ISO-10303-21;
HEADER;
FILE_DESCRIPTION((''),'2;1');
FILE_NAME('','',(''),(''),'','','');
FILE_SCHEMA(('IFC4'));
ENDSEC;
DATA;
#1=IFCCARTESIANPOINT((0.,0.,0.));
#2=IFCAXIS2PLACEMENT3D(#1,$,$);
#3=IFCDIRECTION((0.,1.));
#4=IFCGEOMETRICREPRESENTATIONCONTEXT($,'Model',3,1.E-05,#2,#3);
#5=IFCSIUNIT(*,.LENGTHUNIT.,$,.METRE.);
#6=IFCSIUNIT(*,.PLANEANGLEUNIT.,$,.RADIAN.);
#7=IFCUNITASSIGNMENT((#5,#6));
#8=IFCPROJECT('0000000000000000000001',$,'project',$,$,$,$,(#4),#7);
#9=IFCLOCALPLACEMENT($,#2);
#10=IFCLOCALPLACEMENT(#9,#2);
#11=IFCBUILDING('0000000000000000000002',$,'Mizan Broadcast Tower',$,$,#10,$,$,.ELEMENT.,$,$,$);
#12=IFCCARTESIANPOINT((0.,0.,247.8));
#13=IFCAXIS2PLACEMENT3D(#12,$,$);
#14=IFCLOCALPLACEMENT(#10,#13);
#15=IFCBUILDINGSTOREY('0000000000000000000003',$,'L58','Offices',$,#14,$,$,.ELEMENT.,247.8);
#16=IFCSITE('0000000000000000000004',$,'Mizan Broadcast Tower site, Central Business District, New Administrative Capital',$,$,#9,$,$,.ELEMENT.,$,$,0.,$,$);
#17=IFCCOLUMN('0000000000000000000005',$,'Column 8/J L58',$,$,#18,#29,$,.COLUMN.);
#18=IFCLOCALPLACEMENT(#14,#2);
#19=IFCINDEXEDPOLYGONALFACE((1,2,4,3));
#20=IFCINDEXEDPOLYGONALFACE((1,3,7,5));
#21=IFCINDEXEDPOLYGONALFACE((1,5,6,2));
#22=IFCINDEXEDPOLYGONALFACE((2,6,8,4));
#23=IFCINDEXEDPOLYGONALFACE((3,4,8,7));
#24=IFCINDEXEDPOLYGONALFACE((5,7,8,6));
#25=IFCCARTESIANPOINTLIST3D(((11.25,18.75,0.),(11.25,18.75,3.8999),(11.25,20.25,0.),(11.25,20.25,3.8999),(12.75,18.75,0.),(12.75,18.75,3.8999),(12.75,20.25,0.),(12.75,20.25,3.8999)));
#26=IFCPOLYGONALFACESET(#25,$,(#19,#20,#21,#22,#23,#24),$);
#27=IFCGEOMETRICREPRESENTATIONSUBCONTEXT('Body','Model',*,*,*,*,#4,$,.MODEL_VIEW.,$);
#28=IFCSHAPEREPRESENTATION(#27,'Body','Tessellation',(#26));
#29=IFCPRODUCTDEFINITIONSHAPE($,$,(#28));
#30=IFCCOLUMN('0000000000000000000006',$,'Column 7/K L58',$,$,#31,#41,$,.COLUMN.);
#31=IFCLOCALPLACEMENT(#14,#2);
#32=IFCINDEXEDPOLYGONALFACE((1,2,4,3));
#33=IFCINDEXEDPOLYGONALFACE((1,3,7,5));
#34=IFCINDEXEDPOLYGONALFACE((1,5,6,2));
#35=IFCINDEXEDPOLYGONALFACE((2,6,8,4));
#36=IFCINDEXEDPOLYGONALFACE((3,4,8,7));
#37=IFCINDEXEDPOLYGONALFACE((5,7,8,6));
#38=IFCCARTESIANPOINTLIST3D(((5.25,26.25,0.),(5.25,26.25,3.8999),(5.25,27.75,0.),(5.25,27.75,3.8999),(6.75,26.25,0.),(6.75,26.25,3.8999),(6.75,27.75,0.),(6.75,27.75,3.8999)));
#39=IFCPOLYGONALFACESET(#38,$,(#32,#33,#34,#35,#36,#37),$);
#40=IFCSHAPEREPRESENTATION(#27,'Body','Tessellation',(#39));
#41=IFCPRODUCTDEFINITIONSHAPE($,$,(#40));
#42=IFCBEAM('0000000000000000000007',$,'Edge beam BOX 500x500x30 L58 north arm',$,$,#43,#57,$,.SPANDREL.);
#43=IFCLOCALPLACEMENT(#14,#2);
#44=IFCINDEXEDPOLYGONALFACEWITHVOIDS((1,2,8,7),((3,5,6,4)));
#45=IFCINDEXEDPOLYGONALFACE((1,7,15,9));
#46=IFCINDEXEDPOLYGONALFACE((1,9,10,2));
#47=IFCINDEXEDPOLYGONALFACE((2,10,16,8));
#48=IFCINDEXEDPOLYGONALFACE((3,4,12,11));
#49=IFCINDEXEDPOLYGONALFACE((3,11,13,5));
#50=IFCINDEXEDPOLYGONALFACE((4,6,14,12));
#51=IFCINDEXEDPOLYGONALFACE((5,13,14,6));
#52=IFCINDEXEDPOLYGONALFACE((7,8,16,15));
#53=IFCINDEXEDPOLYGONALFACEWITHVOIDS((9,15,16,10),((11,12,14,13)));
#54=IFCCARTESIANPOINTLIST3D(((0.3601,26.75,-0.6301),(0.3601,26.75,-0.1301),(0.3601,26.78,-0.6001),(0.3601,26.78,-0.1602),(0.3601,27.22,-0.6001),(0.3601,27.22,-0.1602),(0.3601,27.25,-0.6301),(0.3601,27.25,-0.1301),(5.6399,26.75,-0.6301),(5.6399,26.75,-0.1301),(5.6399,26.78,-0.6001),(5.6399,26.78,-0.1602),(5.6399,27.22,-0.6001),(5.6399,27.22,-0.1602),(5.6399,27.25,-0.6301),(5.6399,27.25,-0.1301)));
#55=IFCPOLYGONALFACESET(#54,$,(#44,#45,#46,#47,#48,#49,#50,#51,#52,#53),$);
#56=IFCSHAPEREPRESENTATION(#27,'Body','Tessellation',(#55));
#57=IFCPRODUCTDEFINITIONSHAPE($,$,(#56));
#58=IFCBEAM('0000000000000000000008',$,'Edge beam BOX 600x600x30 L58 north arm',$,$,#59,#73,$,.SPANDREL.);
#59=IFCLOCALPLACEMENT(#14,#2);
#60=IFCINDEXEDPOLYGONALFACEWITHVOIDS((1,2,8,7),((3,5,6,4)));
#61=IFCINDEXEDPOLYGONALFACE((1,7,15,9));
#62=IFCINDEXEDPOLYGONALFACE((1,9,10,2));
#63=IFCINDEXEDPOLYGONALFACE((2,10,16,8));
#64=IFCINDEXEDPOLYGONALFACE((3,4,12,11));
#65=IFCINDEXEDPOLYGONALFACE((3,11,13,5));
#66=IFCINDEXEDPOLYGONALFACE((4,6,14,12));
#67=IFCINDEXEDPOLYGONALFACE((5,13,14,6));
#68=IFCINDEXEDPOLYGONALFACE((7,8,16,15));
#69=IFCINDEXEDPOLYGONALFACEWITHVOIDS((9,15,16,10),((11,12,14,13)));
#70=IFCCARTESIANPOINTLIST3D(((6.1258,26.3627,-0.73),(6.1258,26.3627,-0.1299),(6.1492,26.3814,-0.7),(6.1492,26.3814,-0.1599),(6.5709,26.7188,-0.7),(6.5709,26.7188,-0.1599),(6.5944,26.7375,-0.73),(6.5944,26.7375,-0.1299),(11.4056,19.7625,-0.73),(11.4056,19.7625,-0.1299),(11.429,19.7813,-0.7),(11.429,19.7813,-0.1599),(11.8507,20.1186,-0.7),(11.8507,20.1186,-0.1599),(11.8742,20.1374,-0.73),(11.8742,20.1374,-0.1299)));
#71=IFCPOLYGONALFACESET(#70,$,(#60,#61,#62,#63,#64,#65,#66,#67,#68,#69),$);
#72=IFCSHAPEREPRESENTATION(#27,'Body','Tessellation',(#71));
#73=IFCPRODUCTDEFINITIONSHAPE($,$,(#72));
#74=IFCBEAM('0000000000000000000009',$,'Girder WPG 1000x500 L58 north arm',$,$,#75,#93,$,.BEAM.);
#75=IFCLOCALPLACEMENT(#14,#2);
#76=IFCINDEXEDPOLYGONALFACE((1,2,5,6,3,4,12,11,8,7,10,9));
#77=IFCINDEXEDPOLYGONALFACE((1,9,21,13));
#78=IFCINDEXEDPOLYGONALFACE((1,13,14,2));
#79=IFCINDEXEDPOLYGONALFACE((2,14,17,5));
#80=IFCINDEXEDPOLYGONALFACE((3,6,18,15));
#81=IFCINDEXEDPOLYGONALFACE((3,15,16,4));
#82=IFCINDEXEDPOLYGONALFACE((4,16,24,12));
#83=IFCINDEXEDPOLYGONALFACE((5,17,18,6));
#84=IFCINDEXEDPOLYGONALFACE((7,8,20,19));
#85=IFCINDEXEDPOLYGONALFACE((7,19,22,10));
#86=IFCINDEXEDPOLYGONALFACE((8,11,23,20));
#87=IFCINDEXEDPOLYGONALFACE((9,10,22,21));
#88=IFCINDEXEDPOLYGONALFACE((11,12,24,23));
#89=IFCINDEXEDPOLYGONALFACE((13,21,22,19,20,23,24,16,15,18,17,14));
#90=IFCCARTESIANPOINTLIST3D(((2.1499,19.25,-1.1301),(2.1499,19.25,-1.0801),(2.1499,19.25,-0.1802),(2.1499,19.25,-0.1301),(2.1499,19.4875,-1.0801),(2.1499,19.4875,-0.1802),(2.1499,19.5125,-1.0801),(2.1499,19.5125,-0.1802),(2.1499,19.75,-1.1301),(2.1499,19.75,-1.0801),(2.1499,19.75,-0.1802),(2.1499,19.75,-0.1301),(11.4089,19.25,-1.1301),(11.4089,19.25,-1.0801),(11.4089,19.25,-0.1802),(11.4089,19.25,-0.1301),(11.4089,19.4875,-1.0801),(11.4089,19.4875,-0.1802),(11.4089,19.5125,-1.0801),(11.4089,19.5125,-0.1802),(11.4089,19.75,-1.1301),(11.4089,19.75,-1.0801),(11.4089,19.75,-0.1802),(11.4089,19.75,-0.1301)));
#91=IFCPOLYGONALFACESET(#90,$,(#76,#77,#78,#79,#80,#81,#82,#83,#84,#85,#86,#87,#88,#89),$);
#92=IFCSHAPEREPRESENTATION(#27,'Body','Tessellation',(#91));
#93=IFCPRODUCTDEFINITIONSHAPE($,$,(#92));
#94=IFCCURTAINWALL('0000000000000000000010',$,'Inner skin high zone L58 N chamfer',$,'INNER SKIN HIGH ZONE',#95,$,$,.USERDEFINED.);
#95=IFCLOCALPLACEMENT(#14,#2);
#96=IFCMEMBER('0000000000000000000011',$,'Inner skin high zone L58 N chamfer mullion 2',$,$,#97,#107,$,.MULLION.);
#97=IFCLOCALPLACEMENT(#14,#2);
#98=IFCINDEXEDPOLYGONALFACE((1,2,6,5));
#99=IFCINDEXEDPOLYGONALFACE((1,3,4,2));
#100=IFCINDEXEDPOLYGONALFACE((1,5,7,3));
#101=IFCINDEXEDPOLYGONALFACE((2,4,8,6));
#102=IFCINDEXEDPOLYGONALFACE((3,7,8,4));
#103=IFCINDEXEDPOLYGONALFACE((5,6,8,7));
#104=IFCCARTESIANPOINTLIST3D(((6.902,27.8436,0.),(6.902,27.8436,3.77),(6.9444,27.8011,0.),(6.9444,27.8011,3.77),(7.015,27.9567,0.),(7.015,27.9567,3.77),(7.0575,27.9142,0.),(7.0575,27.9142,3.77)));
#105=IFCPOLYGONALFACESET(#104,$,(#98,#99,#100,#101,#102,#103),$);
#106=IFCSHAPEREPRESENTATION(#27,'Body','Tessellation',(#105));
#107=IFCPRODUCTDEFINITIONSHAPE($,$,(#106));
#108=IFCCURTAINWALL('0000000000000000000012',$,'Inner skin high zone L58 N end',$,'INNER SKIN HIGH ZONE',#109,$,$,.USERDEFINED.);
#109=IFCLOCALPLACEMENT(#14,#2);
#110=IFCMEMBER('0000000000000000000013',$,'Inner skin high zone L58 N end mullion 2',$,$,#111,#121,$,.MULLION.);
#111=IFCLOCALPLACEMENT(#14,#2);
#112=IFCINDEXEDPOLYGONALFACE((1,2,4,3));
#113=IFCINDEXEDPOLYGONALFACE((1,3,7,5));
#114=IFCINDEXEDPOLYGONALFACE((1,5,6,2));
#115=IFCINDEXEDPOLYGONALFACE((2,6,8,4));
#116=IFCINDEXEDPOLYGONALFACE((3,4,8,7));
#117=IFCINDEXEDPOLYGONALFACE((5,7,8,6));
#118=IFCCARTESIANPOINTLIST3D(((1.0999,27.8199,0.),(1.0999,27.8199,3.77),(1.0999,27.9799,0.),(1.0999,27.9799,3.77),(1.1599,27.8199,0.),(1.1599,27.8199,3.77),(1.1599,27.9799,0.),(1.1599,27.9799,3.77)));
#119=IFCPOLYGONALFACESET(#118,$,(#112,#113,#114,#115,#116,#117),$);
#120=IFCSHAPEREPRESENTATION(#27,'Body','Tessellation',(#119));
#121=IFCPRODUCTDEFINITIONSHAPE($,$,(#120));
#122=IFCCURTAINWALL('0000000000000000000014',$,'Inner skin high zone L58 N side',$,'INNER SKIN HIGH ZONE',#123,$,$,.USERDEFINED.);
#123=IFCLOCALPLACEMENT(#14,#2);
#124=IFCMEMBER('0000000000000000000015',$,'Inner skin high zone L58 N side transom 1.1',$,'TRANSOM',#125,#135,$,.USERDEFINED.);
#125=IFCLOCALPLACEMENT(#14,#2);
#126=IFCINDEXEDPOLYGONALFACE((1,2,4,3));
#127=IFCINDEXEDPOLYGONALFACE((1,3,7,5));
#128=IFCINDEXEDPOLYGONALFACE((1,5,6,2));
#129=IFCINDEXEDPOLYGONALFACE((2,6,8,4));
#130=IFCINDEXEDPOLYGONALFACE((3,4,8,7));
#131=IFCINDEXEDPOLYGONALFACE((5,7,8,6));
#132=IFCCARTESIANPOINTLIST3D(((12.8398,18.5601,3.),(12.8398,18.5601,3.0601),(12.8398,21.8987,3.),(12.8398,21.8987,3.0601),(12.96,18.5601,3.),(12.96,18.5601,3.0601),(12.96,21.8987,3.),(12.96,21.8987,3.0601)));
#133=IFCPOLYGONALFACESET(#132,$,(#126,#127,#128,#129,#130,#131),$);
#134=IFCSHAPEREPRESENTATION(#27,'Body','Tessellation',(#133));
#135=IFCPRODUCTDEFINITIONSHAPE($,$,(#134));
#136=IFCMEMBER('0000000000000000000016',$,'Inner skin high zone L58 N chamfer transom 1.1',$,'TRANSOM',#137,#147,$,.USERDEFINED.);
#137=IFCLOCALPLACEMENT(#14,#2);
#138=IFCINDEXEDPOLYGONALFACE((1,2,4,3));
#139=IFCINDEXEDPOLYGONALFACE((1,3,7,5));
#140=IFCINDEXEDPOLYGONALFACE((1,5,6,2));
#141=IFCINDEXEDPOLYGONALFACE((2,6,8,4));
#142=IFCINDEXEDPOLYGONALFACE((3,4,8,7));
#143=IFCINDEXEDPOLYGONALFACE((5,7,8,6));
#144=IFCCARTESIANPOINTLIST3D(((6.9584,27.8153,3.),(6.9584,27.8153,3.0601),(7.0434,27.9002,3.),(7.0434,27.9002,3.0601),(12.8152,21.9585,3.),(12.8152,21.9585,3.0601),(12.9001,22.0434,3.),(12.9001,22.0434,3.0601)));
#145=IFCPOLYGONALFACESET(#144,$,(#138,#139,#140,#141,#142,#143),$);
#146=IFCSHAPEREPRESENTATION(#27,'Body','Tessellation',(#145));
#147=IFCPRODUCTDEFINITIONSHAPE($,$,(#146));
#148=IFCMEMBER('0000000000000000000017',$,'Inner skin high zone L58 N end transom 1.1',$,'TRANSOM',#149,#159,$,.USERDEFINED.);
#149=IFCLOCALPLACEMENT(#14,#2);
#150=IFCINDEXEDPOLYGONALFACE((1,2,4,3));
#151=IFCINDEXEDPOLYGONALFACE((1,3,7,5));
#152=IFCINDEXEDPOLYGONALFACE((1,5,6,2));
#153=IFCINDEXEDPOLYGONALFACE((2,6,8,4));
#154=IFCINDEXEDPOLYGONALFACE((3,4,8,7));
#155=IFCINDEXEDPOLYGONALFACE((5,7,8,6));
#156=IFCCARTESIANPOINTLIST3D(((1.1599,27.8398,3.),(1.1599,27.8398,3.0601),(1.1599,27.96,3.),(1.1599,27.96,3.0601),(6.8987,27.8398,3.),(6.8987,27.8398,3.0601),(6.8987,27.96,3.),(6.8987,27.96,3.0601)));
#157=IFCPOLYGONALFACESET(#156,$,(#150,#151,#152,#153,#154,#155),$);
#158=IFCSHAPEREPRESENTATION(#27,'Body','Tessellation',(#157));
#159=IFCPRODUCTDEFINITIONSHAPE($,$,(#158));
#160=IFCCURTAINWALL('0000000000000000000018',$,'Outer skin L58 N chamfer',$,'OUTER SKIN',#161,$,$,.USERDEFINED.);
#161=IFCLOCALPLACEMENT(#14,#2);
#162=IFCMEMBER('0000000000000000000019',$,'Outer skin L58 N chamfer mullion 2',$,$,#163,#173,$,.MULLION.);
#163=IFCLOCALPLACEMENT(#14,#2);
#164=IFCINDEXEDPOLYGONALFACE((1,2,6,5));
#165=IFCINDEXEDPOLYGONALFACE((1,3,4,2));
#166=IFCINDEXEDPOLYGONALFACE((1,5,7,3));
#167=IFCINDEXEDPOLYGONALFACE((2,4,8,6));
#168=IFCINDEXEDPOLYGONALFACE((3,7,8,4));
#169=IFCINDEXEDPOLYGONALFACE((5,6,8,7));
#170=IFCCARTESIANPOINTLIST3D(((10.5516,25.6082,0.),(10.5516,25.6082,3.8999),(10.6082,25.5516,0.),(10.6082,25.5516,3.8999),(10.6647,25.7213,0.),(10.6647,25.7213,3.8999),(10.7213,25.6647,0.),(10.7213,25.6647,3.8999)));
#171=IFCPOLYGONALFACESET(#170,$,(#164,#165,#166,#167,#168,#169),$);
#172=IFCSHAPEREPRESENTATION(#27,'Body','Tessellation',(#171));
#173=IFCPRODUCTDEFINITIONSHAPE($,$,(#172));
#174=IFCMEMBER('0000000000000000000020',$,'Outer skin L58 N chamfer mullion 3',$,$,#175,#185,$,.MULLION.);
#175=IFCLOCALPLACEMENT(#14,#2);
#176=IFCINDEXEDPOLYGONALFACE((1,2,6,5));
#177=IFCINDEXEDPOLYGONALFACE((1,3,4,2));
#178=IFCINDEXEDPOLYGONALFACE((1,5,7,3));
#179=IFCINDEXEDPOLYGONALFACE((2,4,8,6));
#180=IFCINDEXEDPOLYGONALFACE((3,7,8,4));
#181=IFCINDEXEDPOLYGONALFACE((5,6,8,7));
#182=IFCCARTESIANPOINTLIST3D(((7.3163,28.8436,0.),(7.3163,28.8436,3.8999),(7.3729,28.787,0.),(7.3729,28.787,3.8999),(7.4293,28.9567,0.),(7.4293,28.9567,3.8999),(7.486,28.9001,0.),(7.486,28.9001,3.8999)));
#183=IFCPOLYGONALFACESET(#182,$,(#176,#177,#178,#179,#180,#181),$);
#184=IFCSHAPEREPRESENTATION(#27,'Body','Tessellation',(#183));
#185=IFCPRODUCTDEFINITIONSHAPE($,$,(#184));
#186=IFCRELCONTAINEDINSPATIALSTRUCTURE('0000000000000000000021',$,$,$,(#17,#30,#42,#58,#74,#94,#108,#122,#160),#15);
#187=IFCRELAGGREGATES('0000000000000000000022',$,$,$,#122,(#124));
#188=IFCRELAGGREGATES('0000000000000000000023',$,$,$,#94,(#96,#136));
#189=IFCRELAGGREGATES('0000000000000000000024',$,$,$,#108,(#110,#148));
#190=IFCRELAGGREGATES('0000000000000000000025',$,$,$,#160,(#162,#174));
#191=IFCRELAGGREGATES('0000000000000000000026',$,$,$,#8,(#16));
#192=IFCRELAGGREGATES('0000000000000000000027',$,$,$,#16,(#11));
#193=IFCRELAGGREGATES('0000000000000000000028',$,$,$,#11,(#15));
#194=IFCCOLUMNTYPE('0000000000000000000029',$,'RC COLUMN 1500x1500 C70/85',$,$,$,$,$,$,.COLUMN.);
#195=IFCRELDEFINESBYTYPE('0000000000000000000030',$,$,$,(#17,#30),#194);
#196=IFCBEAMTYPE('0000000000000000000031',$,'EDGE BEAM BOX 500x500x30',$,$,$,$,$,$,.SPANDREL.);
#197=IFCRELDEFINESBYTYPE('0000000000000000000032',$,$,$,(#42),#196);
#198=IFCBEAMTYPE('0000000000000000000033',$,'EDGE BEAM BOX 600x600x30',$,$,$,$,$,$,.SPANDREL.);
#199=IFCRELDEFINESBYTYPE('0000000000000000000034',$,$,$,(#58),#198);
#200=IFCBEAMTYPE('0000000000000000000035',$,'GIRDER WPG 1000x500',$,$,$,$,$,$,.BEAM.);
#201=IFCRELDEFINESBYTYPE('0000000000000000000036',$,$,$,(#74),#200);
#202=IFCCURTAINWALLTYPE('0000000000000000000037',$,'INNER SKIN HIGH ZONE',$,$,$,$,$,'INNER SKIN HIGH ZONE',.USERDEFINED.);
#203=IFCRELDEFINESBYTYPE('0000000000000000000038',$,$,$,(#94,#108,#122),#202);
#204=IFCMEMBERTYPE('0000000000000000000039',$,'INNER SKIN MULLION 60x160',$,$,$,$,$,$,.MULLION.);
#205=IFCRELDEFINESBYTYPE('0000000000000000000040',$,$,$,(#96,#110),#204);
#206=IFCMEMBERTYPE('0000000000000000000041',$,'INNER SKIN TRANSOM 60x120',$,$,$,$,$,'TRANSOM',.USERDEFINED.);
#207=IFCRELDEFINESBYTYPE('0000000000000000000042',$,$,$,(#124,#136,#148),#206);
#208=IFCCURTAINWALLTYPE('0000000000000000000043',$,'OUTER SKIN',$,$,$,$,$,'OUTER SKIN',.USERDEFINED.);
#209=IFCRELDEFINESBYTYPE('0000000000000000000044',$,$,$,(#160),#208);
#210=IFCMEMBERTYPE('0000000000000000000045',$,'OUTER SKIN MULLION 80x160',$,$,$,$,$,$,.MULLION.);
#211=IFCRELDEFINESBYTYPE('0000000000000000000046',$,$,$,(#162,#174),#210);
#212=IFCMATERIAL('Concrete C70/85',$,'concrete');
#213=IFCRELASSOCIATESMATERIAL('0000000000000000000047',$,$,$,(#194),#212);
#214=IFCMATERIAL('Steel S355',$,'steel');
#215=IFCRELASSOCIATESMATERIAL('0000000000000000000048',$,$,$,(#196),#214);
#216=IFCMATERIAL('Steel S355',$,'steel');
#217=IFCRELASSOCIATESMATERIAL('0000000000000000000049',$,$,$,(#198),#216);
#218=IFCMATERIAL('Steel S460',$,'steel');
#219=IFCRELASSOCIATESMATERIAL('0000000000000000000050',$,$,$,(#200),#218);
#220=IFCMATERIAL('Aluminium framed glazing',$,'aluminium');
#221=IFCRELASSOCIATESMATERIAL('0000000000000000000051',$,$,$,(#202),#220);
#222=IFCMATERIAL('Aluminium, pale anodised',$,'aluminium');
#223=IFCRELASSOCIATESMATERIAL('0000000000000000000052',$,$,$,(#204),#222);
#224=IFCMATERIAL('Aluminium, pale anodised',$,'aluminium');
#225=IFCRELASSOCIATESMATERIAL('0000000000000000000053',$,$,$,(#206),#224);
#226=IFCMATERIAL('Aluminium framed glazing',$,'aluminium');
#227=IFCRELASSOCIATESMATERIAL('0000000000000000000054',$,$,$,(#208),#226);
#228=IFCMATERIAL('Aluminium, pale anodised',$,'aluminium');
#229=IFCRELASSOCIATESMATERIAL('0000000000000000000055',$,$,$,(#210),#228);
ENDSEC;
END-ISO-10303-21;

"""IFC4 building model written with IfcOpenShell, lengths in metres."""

from ifc_helpers import new_model, si_unit, direction, frame, origin, origin_2d, place, context, subcontext, project, spatial, rectangle, hollow_rectangle, i_section, extrude, material, material_profile, profile_set, type_object, element, aggregate, save


model = new_model("IFC4")

# Units and contexts
model_context = context("Model", 3, precision=1e-05, world=origin(), true_north=direction((0.0, 1.0)))
body_context = subcontext(model_context, "Body", "Model", "MODEL_VIEW")
ifc_project = project(units=[si_unit("LENGTHUNIT", "METRE"), si_unit("PLANEANGLEUNIT", "RADIAN")], contexts=[model_context])

# Site, building, storey
site_placement = place(None, origin())
site = spatial("IfcSite", under=ifc_project, at=site_placement, Name="Mizan Broadcast Tower site, Central Business District, New Administrative Capital", CompositionType="ELEMENT", RefElevation=0.0)
building_placement = place(site_placement, origin())
building = spatial("IfcBuilding", under=site, at=building_placement, Name="Mizan Broadcast Tower", CompositionType="ELEMENT")
storey_placement = place(building_placement, frame((0.0, 0.0, 247.8)))
storey = spatial("IfcBuildingStorey", under=building, at=storey_placement, Name="L58", Description="Offices", CompositionType="ELEMENT", Elevation=247.8)

# Columns
ifc_material_1 = material(Name="Concrete C70/85", Category="concrete")
ifc_material_profile_1 = material_profile(ifc_material_1, rectangle(XDim=1.5, YDim=1.5, at=origin_2d()), Name="RC 1500x1500")
ifc_profile_set_1 = profile_set([ifc_material_profile_1], Name="Concrete C70/85")
column_type = type_object("IfcColumnType", Name="RC COLUMN 1500x1500 C70/85", PredefinedType="COLUMN", material=ifc_profile_set_1)
for number, where, z_axis, x_axis, name in (
    (1, (12.0, 19.5, 0.0), (0.0, 0.0, 1.0), (1.0, 0.0, 0.0), "Column 8/J L58"),
    (2, (6.0, 27.0, 0.0), (0.0, 0.0, 1.0), (1.0, 0.0, 0.0), "Column 7/K L58"),
):
    element("IfcColumn", number, at=place(storey_placement, frame(where, z_axis=z_axis, x_axis=x_axis)), inside=storey, type_object=column_type, Name=name, PredefinedType="COLUMN", context=body_context, shape_type="SweptSolid", body=[
        extrude(rectangle(XDim=1.5, YDim=1.5, at=origin_2d()), origin(), (0.0, 0.0, 1.0), 3.8999),
    ])

# Beams
ifc_material_2 = material(Name="Steel S355", Category="steel")
ifc_material_profile_2 = material_profile(ifc_material_2, hollow_rectangle(XDim=0.5, YDim=0.5, WallThickness=0.03, at=origin_2d()), Name="BOX 500x500x30")
ifc_profile_set_2 = profile_set([ifc_material_profile_2], Name="Steel S355")
beam_type_1 = type_object("IfcBeamType", Name="EDGE BEAM BOX 500x500x30", PredefinedType="SPANDREL", material=ifc_profile_set_2)
beam_1_placement = place(storey_placement, frame((5.6399, 27.0, -0.3801), z_axis=(-1.0, 0.0, 0.0), x_axis=(0.0, -1.0, 0.0)))
element("IfcBeam", 3, at=beam_1_placement, inside=storey, type_object=beam_type_1, Name="Edge beam BOX 500x500x30 L58 north arm", PredefinedType="SPANDREL", context=body_context, shape_type="SweptSolid", body=[
    extrude(hollow_rectangle(XDim=0.5, YDim=0.5, WallThickness=0.03, at=origin_2d()), origin(), (0.0, 0.0, 1.0), 5.2798),
])
ifc_material_3 = material(Name="Steel S355", Category="steel")
ifc_material_profile_3 = material_profile(ifc_material_3, hollow_rectangle(XDim=0.6001, YDim=0.6001, WallThickness=0.03, at=origin_2d()), Name="BOX 600x600x30")
ifc_profile_set_3 = profile_set([ifc_material_profile_3], Name="Steel S355")
beam_type_2 = type_object("IfcBeamType", Name="EDGE BEAM BOX 600x600x30", PredefinedType="SPANDREL", material=ifc_profile_set_3)
beam_2_placement = place(storey_placement, frame((11.6399, 19.95, -0.4299), z_axis=(-0.624674, 0.780886, 0.0), x_axis=(-0.780886, -0.624674, 0.0)))
element("IfcBeam", 4, at=beam_2_placement, inside=storey, type_object=beam_type_2, Name="Edge beam BOX 600x600x30 L58 north arm", PredefinedType="SPANDREL", context=body_context, shape_type="SweptSolid", body=[
    extrude(hollow_rectangle(XDim=0.6001, YDim=0.6001, WallThickness=0.03, at=origin_2d()), origin(), (0.0, 0.0, 1.0), 8.4521),
])
ifc_material_4 = material(Name="Steel S460", Category="steel")
ifc_material_profile_4 = material_profile(ifc_material_4, i_section(OverallWidth=0.5, OverallDepth=1.0, WebThickness=0.0249, FlangeThickness=0.05, at=origin_2d()), Name="WPG 1000x500")
ifc_profile_set_4 = profile_set([ifc_material_profile_4], Name="Steel S460")
beam_type_3 = type_object("IfcBeamType", Name="GIRDER WPG 1000x500", PredefinedType="BEAM", material=ifc_profile_set_4)
beam_3_placement = place(storey_placement, frame((11.4089, 19.5, -0.6301), z_axis=(-1.0, 0.0, 0.0), x_axis=(0.0, -1.0, 0.0)))
element("IfcBeam", 5, at=beam_3_placement, inside=storey, type_object=beam_type_3, Name="Girder WPG 1000x500 L58 north arm", PredefinedType="BEAM", context=body_context, shape_type="SweptSolid", body=[
    extrude(i_section(OverallWidth=0.5, OverallDepth=1.0, WebThickness=0.0249, FlangeThickness=0.05, at=origin_2d()), origin(), (0.0, 0.0, 1.0), 9.259),
])

# Curtain walls, members
ifc_material_5 = material(Name="Aluminium framed glazing", Category="aluminium")
curtain_wall_type_1 = type_object("IfcCurtainWallType", Name="INNER SKIN HIGH ZONE", ElementType="INNER SKIN HIGH ZONE", PredefinedType="USERDEFINED", material=ifc_material_5)
curtain_wall_1_placement = place(storey_placement, origin())
curtain_wall_1 = element("IfcCurtainWall", 6, at=curtain_wall_1_placement, inside=storey, type_object=curtain_wall_type_1, Name="Inner skin high zone L58 N chamfer", ObjectType="INNER SKIN HIGH ZONE", PredefinedType="USERDEFINED")
ifc_material_6 = material(Name="Aluminium, pale anodised", Category="aluminium")
ifc_material_profile_5 = material_profile(ifc_material_6, rectangle(XDim=0.1599, YDim=0.0601, at=origin_2d()), Name="MULLION 160x60")
ifc_profile_set_5 = profile_set([ifc_material_profile_5], Name="Aluminium, pale anodised")
member_type_1 = type_object("IfcMemberType", Name="INNER SKIN MULLION 60x160", PredefinedType="MULLION", material=ifc_profile_set_5)
member_1_placement = place(storey_placement, frame((6.9797, 27.8789, 0.0), z_axis=(0.0, 0.0, 1.0), x_axis=(-0.707107, -0.707107, 0.0)))
member_1 = element("IfcMember", 7, at=member_1_placement, type_object=member_type_1, Name="Inner skin high zone L58 N chamfer mullion 2", PredefinedType="MULLION", context=body_context, shape_type="SweptSolid", body=[
    extrude(rectangle(XDim=0.1599, YDim=0.0601, at=origin_2d()), origin(), (0.0, 0.0, 1.0), 3.77),
])
curtain_wall_2_placement = place(storey_placement, origin())
curtain_wall_2 = element("IfcCurtainWall", 8, at=curtain_wall_2_placement, inside=storey, type_object=curtain_wall_type_1, Name="Inner skin high zone L58 N end", ObjectType="INNER SKIN HIGH ZONE", PredefinedType="USERDEFINED")
member_2_placement = place(storey_placement, frame((1.1299, 27.8999, 0.0), z_axis=(0.0, 0.0, 1.0), x_axis=(0.0, -1.0, 0.0)))
member_2 = element("IfcMember", 9, at=member_2_placement, type_object=member_type_1, Name="Inner skin high zone L58 N end mullion 2", PredefinedType="MULLION", context=body_context, shape_type="SweptSolid", body=[
    extrude(rectangle(XDim=0.1599, YDim=0.0601, at=origin_2d()), origin(), (0.0, 0.0, 1.0), 3.77),
])
curtain_wall_3_placement = place(storey_placement, origin())
curtain_wall_3 = element("IfcCurtainWall", 10, at=curtain_wall_3_placement, inside=storey, type_object=curtain_wall_type_1, Name="Inner skin high zone L58 N side", ObjectType="INNER SKIN HIGH ZONE", PredefinedType="USERDEFINED")
ifc_material_7 = material(Name="Aluminium, pale anodised", Category="aluminium")
ifc_material_profile_6 = material_profile(ifc_material_7, rectangle(XDim=0.1201, YDim=0.0601, at=origin_2d()), Name="TRANSOM 120x60")
ifc_profile_set_6 = profile_set([ifc_material_profile_6], Name="Aluminium, pale anodised")
member_type_2 = type_object("IfcMemberType", Name="INNER SKIN TRANSOM 60x120", ElementType="TRANSOM", PredefinedType="USERDEFINED", material=ifc_profile_set_6)
member_3_placement = place(storey_placement, frame((12.8999, 18.5601, 3.03), z_axis=(0.0, 1.0, 0.0), x_axis=(-1.0, 0.0, 0.0)))
member_3 = element("IfcMember", 11, at=member_3_placement, type_object=member_type_2, Name="Inner skin high zone L58 N side transom 1.1", ObjectType="TRANSOM", PredefinedType="USERDEFINED", context=body_context, shape_type="SweptSolid", body=[
    extrude(rectangle(XDim=0.1201, YDim=0.0601, at=origin_2d()), origin(), (0.0, 0.0, 1.0), 3.3386),
])

# Members
member_4_placement = place(storey_placement, frame((12.8577, 22.001, 3.03), z_axis=(-0.707107, 0.707107, 0.0), x_axis=(-0.707107, -0.707107, 0.0)))
member_4 = element("IfcMember", 12, at=member_4_placement, type_object=member_type_2, Name="Inner skin high zone L58 N chamfer transom 1.1", ObjectType="TRANSOM", PredefinedType="USERDEFINED", context=body_context, shape_type="SweptSolid", body=[
    extrude(rectangle(XDim=0.1201, YDim=0.0601, at=origin_2d()), origin(), (0.0, 0.0, 1.0), 8.2827),
])
member_5_placement = place(storey_placement, frame((6.8987, 27.8999, 3.03), z_axis=(-1.0, 0.0, 0.0), x_axis=(0.0, -1.0, 0.0)))
member_5 = element("IfcMember", 13, at=member_5_placement, type_object=member_type_2, Name="Inner skin high zone L58 N end transom 1.1", ObjectType="TRANSOM", PredefinedType="USERDEFINED", context=body_context, shape_type="SweptSolid", body=[
    extrude(rectangle(XDim=0.1201, YDim=0.0601, at=origin_2d()), origin(), (0.0, 0.0, 1.0), 5.7388),
])

# Curtain wall, members
ifc_material_8 = material(Name="Aluminium framed glazing", Category="aluminium")
curtain_wall_type_2 = type_object("IfcCurtainWallType", Name="OUTER SKIN", ElementType="OUTER SKIN", PredefinedType="USERDEFINED", material=ifc_material_8)
curtain_wall_4_placement = place(storey_placement, origin())
curtain_wall_4 = element("IfcCurtainWall", 14, at=curtain_wall_4_placement, inside=storey, type_object=curtain_wall_type_2, Name="Outer skin L58 N chamfer", ObjectType="OUTER SKIN", PredefinedType="USERDEFINED")
ifc_material_9 = material(Name="Aluminium, pale anodised", Category="aluminium")
ifc_material_profile_7 = material_profile(ifc_material_9, rectangle(XDim=0.1599, YDim=0.0801, at=origin_2d()), Name="MULLION 160x80")
ifc_profile_set_7 = profile_set([ifc_material_profile_7], Name="Aluminium, pale anodised")
member_type_3 = type_object("IfcMemberType", Name="OUTER SKIN MULLION 80x160", PredefinedType="MULLION", material=ifc_profile_set_7)
member_6_placement = place(storey_placement, frame((10.6365, 25.6365, 0.0), z_axis=(0.0, 0.0, 1.0), x_axis=(-0.707107, -0.707107, 0.0)))
member_6 = element("IfcMember", 15, at=member_6_placement, type_object=member_type_3, Name="Outer skin L58 N chamfer mullion 2", PredefinedType="MULLION", context=body_context, shape_type="SweptSolid", body=[
    extrude(rectangle(XDim=0.1599, YDim=0.0801, at=origin_2d()), origin(), (0.0, 0.0, 1.0), 3.8999),
])
member_7_placement = place(storey_placement, frame((7.4011, 28.8718, 0.0), z_axis=(0.0, 0.0, 1.0), x_axis=(-0.707107, -0.707107, 0.0)))
member_7 = element("IfcMember", 16, at=member_7_placement, type_object=member_type_3, Name="Outer skin L58 N chamfer mullion 3", PredefinedType="MULLION", context=body_context, shape_type="SweptSolid", body=[
    extrude(rectangle(XDim=0.1599, YDim=0.0801, at=origin_2d()), origin(), (0.0, 0.0, 1.0), 3.8999),
])

aggregate(curtain_wall_3, [member_3])
aggregate(curtain_wall_1, [member_1, member_4])
aggregate(curtain_wall_2, [member_2, member_5])
aggregate(curtain_wall_4, [member_6, member_7])

save(model, "model.ifc")
